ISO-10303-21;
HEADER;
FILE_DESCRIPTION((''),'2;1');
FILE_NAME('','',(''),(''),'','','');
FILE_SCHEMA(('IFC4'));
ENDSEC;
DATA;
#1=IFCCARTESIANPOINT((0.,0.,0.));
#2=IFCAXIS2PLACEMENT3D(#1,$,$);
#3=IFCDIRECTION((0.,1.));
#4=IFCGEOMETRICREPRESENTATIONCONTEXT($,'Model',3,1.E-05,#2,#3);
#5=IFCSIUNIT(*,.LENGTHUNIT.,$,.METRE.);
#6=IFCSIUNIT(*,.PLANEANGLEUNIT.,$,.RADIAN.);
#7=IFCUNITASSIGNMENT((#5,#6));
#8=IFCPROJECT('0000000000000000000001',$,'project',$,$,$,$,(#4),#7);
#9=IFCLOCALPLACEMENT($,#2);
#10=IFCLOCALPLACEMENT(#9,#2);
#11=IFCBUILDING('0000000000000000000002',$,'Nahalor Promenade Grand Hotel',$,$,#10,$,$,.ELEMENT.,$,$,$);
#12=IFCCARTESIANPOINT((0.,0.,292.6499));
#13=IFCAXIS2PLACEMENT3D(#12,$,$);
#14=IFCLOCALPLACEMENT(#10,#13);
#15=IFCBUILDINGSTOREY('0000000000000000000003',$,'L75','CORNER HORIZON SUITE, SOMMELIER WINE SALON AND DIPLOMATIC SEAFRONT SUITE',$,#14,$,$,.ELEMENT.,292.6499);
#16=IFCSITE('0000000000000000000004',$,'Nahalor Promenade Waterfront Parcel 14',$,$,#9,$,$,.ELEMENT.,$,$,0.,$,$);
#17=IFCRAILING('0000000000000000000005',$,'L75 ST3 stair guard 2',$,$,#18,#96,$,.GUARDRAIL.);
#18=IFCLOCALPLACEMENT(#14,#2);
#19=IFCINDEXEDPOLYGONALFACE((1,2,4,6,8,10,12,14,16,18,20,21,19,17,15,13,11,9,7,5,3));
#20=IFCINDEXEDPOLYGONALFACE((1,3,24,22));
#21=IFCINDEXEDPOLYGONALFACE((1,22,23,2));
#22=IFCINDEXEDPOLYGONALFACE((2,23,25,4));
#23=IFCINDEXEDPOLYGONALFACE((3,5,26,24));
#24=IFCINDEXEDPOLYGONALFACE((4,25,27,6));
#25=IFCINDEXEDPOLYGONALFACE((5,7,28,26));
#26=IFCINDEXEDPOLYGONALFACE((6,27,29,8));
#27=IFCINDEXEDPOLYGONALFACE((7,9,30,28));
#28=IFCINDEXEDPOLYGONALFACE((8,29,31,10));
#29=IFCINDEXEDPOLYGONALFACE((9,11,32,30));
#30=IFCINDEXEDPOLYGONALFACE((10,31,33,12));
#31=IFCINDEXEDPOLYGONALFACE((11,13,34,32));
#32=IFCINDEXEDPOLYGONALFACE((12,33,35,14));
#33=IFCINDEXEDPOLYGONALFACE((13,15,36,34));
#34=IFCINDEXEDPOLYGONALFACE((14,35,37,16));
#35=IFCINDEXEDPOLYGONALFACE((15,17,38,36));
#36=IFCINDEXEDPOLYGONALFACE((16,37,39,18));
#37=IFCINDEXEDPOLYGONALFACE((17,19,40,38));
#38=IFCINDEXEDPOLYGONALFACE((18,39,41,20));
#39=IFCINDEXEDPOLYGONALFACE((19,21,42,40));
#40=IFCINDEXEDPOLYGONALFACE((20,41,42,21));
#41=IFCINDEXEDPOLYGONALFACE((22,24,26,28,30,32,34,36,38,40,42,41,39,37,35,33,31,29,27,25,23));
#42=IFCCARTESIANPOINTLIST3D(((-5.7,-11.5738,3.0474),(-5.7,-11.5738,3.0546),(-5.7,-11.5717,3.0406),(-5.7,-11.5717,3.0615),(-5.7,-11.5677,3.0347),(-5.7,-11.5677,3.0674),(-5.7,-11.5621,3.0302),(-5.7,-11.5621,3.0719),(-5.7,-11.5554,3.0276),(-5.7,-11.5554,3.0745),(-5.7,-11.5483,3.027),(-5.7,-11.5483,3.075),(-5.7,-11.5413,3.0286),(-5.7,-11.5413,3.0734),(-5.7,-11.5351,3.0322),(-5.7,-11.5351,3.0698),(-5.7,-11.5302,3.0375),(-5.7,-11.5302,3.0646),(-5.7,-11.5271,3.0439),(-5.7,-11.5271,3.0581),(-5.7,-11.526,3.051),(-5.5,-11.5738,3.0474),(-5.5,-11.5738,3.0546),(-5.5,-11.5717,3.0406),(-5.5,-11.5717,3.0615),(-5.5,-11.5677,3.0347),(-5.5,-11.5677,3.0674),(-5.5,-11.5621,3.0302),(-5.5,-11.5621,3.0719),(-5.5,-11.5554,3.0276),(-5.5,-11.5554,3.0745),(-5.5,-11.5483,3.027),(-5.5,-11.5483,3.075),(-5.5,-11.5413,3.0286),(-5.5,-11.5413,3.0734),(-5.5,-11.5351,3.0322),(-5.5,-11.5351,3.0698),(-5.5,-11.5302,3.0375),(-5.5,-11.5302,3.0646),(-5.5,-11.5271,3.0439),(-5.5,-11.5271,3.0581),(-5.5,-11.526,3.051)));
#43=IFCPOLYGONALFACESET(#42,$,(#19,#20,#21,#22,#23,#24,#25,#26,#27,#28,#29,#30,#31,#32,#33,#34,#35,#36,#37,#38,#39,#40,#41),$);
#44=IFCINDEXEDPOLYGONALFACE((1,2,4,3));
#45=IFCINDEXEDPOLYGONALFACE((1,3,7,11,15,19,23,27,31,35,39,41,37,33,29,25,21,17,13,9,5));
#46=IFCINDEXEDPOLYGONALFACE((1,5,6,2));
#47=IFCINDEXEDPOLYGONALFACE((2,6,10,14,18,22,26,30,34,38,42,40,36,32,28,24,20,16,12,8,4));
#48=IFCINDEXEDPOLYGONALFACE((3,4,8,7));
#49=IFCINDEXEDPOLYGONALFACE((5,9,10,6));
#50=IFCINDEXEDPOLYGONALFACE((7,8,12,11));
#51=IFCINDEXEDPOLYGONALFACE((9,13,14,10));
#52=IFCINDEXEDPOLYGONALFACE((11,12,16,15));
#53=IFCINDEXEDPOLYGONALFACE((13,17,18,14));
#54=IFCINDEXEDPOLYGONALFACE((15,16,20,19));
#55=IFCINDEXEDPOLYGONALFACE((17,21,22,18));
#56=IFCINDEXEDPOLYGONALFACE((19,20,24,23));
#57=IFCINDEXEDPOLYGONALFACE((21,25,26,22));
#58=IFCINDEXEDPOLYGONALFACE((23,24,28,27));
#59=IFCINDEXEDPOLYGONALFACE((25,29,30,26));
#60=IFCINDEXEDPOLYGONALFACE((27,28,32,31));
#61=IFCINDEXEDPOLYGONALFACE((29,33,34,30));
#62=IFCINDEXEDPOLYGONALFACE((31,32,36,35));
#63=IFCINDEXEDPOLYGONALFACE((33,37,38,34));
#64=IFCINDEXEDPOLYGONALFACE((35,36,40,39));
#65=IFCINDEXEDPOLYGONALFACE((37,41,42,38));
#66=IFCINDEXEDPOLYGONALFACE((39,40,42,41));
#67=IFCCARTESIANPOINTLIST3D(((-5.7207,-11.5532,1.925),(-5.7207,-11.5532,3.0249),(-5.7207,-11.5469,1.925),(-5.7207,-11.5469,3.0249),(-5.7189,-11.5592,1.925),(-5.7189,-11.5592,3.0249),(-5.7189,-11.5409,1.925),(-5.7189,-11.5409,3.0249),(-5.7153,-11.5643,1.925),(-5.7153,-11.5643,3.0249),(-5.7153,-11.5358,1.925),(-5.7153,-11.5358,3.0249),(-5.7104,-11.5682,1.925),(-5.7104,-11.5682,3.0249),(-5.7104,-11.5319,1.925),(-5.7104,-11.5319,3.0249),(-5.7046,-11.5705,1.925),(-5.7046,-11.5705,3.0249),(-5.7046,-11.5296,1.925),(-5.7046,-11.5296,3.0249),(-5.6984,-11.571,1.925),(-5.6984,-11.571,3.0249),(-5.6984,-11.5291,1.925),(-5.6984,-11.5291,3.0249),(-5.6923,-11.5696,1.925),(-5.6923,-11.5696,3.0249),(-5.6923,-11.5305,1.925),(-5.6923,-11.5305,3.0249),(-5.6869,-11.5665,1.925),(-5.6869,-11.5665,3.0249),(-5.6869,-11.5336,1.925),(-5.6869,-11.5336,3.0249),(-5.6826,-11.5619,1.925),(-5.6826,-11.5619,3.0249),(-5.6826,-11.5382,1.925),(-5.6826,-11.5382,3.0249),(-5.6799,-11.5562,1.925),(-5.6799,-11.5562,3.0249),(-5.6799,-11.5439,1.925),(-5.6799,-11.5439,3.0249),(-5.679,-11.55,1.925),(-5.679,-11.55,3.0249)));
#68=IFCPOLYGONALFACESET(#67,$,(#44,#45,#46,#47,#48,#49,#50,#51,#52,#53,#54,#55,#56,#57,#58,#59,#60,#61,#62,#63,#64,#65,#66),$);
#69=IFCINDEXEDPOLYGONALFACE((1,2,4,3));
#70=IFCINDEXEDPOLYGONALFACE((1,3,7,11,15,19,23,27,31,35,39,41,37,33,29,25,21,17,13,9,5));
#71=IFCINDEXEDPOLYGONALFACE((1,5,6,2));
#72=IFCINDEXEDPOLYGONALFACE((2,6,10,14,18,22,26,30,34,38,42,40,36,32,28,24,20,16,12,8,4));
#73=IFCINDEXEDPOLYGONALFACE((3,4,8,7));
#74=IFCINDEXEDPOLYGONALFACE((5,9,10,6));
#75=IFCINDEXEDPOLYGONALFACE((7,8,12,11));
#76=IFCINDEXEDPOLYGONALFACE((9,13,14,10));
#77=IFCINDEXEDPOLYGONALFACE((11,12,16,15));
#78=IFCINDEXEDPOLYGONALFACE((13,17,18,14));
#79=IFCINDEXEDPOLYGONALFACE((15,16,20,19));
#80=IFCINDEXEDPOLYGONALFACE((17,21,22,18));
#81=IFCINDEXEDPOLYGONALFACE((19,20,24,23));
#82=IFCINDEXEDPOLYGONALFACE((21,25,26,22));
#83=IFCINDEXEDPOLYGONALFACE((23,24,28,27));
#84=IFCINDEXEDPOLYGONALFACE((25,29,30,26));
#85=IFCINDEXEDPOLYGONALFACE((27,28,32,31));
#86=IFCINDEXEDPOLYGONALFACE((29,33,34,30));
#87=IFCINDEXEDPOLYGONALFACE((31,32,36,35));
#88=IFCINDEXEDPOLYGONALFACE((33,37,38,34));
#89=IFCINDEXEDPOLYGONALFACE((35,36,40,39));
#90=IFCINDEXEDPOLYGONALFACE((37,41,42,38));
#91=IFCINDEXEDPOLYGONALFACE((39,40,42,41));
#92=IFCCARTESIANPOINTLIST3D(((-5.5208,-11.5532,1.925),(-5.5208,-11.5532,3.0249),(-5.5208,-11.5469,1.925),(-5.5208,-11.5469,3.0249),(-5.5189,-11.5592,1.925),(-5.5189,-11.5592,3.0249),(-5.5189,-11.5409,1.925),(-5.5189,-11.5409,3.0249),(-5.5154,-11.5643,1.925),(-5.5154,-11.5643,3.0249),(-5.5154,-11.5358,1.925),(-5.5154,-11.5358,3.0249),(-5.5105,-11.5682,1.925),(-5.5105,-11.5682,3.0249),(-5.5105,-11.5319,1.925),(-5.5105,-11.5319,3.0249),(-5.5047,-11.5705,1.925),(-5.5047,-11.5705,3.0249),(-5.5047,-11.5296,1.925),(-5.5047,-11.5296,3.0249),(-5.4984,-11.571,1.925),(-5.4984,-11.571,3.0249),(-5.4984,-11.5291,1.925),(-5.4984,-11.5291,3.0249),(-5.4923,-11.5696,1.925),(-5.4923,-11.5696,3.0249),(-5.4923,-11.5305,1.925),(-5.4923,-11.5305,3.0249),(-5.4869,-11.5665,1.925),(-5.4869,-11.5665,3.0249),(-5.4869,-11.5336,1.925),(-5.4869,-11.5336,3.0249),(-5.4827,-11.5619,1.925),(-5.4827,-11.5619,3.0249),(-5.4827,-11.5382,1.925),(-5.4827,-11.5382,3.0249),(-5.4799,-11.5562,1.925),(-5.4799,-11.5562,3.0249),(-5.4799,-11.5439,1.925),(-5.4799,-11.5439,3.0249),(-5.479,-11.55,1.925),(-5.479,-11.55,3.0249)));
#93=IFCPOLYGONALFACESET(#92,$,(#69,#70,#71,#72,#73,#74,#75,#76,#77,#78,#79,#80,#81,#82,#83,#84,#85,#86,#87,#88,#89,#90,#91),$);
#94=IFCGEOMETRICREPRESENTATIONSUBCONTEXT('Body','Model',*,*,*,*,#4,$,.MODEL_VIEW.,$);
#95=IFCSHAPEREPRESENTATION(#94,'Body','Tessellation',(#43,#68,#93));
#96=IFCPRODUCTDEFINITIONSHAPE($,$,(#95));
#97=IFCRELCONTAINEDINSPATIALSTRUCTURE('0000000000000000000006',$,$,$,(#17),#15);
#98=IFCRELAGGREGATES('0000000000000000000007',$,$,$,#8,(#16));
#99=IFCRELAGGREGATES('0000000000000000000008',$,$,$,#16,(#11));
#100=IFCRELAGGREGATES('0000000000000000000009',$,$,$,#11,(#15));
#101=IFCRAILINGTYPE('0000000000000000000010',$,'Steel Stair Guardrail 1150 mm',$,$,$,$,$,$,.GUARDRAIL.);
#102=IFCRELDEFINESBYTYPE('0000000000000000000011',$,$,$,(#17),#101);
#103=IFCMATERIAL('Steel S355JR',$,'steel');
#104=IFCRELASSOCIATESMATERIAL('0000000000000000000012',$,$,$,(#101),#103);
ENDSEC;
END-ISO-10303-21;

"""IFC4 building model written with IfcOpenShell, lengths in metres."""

from ifc_helpers import new_model, si_unit, direction, frame, origin, origin_2d, place, context, subcontext, project, spatial, circle, extrude, material, type_object, element, save


model = new_model("IFC4")

# Units and contexts
model_context = context("Model", 3, precision=1e-05, world=origin(), true_north=direction((0.0, 1.0)))
body_context = subcontext(model_context, "Body", "Model", "MODEL_VIEW")
ifc_project = project(units=[si_unit("LENGTHUNIT", "METRE"), si_unit("PLANEANGLEUNIT", "RADIAN")], contexts=[model_context])

# Site, building, storey
site_placement = place(None, origin())
site = spatial("IfcSite", under=ifc_project, at=site_placement, Name="Nahalor Promenade Waterfront Parcel 14", CompositionType="ELEMENT", RefElevation=0.0)
building_placement = place(site_placement, origin())
building = spatial("IfcBuilding", under=site, at=building_placement, Name="Nahalor Promenade Grand Hotel", CompositionType="ELEMENT")
storey_placement = place(building_placement, frame((0.0, 0.0, 292.6499)))
storey = spatial("IfcBuildingStorey", under=building, at=storey_placement, Name="L75", Description="CORNER HORIZON SUITE, SOMMELIER WINE SALON AND DIPLOMATIC SEAFRONT SUITE", CompositionType="ELEMENT", Elevation=292.6499)

# Shared definitions
ifc_material_1 = material(Name="Steel S355JR", Category="steel")

# Railing
railing_type_1 = type_object("IfcRailingType", Name="Steel Stair Guardrail 1150 mm", PredefinedType="GUARDRAIL", material=ifc_material_1)
railing_1_placement = place(storey_placement, frame((-5.7, -11.55, 1.925)))
element("IfcRailing", 1, at=railing_1_placement, inside=storey, type_object=railing_type_1, Name="L75 ST3 stair guard 2", PredefinedType="GUARDRAIL", context=body_context, shape_type="SweptSolid", body=[
    extrude(circle(Radius=0.024, at=origin_2d()), frame((0.0, 0.0, 1.126), z_axis=(1.0, 0.0, 0.0), x_axis=(0.0, 1.0, 0.0)), (0.0, 0.0, 1.0), 0.2),
    extrude(circle(Radius=0.021, at=origin_2d()), origin(), (0.0, 0.0, 1.0), 1.0999),
    extrude(circle(Radius=0.021, at=origin_2d()), frame((0.2, 0.0, 0.0)), (0.0, 0.0, 1.0), 1.0999),
])

save(model, "model.ifc")
